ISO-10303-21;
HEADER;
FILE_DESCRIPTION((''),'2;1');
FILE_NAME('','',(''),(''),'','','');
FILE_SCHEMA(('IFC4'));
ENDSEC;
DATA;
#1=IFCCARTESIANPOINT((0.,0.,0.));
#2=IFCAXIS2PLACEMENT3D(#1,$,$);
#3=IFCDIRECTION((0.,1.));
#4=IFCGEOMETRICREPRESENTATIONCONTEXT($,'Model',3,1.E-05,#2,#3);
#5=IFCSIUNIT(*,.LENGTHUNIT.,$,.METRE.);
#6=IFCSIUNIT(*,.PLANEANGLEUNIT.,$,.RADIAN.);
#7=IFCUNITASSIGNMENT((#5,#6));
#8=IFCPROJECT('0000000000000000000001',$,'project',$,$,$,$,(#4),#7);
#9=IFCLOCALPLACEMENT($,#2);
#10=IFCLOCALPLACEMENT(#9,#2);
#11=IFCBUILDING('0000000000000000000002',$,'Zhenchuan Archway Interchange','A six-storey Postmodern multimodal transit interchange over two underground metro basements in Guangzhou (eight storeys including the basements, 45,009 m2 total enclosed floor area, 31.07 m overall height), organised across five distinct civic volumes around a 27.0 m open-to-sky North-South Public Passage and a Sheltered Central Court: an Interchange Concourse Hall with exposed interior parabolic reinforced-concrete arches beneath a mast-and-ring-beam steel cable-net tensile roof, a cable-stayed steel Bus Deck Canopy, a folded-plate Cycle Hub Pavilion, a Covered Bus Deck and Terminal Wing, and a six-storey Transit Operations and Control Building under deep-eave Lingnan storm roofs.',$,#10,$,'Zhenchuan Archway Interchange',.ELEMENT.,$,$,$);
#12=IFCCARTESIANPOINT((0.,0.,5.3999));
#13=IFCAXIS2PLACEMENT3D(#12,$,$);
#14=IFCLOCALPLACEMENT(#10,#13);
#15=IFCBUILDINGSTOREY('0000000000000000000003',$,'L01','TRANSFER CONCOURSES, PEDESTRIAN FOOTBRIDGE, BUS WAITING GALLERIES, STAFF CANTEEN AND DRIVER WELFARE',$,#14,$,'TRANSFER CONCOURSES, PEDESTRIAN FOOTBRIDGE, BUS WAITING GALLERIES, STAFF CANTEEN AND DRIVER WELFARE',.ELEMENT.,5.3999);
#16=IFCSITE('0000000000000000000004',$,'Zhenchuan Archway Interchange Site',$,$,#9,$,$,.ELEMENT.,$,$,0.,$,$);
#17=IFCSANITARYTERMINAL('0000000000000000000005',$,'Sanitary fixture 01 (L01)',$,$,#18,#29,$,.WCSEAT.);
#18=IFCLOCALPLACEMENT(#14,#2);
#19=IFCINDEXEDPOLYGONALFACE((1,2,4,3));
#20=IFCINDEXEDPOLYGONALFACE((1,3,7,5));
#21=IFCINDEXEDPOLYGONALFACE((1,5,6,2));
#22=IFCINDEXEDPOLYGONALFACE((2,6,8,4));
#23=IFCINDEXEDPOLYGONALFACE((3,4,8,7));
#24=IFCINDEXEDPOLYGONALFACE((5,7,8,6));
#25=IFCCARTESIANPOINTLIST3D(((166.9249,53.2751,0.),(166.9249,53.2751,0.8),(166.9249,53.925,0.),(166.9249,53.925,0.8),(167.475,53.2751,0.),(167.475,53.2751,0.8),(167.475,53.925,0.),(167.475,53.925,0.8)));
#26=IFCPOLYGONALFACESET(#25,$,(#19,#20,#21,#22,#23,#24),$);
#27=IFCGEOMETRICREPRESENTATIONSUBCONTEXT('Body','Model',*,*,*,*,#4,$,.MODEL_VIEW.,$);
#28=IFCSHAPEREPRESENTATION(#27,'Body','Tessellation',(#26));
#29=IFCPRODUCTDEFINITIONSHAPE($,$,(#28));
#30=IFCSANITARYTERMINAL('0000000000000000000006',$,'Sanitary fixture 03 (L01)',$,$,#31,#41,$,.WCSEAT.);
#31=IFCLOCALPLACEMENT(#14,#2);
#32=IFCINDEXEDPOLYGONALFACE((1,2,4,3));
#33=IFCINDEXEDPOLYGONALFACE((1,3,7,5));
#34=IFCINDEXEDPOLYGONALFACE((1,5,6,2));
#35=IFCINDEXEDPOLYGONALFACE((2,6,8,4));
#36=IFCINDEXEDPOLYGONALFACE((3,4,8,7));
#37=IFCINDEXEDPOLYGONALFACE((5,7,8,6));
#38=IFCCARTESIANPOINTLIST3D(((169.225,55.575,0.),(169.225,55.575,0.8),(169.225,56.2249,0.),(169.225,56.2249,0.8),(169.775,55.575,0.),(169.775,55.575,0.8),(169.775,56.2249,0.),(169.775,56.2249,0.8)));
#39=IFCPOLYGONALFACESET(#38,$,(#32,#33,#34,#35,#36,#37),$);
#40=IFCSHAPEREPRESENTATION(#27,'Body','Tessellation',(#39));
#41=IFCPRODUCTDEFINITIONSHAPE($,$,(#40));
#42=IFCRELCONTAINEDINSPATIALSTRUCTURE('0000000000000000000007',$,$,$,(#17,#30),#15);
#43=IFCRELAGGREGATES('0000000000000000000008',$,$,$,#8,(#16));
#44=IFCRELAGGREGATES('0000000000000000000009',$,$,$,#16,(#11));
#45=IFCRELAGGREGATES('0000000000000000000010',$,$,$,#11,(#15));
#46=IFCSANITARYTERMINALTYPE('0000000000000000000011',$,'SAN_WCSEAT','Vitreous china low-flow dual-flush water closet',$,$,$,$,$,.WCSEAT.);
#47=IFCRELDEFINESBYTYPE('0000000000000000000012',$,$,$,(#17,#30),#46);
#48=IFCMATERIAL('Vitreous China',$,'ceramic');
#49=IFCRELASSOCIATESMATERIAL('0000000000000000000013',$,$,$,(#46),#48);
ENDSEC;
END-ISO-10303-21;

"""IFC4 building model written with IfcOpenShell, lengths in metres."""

from ifc_helpers import new_model, si_unit, direction, frame, origin, origin_2d, place, context, subcontext, project, spatial, rectangle, extrude, material, type_object, element, save


model = new_model("IFC4")

# Units and contexts
model_context = context("Model", 3, precision=1e-05, world=origin(), true_north=direction((0.0, 1.0)))
body_context = subcontext(model_context, "Body", "Model", "MODEL_VIEW")
ifc_project = project(units=[si_unit("LENGTHUNIT", "METRE"), si_unit("PLANEANGLEUNIT", "RADIAN")], contexts=[model_context])

# Site, building, storey
site_placement = place(None, origin())
site = spatial("IfcSite", under=ifc_project, at=site_placement, Name="Zhenchuan Archway Interchange Site", CompositionType="ELEMENT", RefElevation=0.0)
building_placement = place(site_placement, origin())
building = spatial("IfcBuilding", under=site, at=building_placement, Name="Zhenchuan Archway Interchange", Description="A six-storey Postmodern multimodal transit interchange over two underground metro basements in Guangzhou (eight storeys including the basements, 45,009 m2 total enclosed floor area, 31.07 m overall height), organised across five distinct civic volumes around a 27.0 m open-to-sky North-South Public Passage and a Sheltered Central Court: an Interchange Concourse Hall with exposed interior parabolic reinforced-concrete arches beneath a mast-and-ring-beam steel cable-net tensile roof, a cable-stayed steel Bus Deck Canopy, a folded-plate Cycle Hub Pavilion, a Covered Bus Deck and Terminal Wing, and a six-storey Transit Operations and Control Building under deep-eave Lingnan storm roofs.", LongName="Zhenchuan Archway Interchange", CompositionType="ELEMENT")
storey_placement = place(building_placement, frame((0.0, 0.0, 5.3999)))
storey = spatial("IfcBuildingStorey", under=building, at=storey_placement, Name="L01", Description="TRANSFER CONCOURSES, PEDESTRIAN FOOTBRIDGE, BUS WAITING GALLERIES, STAFF CANTEEN AND DRIVER WELFARE", LongName="TRANSFER CONCOURSES, PEDESTRIAN FOOTBRIDGE, BUS WAITING GALLERIES, STAFF CANTEEN AND DRIVER WELFARE", CompositionType="ELEMENT", Elevation=5.3999)

# Sanitary terminals
ifc_material_1 = material(Name="Vitreous China", Category="ceramic")
sanitary_terminal_type_1 = type_object("IfcSanitaryTerminalType", Name="SAN_WCSEAT", Description="Vitreous china low-flow dual-flush water closet", PredefinedType="WCSEAT", material=ifc_material_1)
for number, where, z_axis, x_axis, name in (
    (1, (167.2, 53.6001, 0.0), (0.0, 0.0, 1.0), (1.0, 0.0, 0.0), "Sanitary fixture 01 (L01)"),
    (2, (169.5, 55.8999, 0.0), (0.0, 0.0, 1.0), (1.0, 0.0, 0.0), "Sanitary fixture 03 (L01)"),
):
    element("IfcSanitaryTerminal", number, at=place(storey_placement, frame(where, z_axis=z_axis, x_axis=x_axis)), inside=storey, type_object=sanitary_terminal_type_1, Name=name, PredefinedType="WCSEAT", context=body_context, shape_type="SweptSolid", body=[
        extrude(rectangle(XDim=0.55, YDim=0.6499, at=origin_2d()), origin(), (0.0, 0.0, 1.0), 0.8),
    ])

save(model, "model.ifc")
